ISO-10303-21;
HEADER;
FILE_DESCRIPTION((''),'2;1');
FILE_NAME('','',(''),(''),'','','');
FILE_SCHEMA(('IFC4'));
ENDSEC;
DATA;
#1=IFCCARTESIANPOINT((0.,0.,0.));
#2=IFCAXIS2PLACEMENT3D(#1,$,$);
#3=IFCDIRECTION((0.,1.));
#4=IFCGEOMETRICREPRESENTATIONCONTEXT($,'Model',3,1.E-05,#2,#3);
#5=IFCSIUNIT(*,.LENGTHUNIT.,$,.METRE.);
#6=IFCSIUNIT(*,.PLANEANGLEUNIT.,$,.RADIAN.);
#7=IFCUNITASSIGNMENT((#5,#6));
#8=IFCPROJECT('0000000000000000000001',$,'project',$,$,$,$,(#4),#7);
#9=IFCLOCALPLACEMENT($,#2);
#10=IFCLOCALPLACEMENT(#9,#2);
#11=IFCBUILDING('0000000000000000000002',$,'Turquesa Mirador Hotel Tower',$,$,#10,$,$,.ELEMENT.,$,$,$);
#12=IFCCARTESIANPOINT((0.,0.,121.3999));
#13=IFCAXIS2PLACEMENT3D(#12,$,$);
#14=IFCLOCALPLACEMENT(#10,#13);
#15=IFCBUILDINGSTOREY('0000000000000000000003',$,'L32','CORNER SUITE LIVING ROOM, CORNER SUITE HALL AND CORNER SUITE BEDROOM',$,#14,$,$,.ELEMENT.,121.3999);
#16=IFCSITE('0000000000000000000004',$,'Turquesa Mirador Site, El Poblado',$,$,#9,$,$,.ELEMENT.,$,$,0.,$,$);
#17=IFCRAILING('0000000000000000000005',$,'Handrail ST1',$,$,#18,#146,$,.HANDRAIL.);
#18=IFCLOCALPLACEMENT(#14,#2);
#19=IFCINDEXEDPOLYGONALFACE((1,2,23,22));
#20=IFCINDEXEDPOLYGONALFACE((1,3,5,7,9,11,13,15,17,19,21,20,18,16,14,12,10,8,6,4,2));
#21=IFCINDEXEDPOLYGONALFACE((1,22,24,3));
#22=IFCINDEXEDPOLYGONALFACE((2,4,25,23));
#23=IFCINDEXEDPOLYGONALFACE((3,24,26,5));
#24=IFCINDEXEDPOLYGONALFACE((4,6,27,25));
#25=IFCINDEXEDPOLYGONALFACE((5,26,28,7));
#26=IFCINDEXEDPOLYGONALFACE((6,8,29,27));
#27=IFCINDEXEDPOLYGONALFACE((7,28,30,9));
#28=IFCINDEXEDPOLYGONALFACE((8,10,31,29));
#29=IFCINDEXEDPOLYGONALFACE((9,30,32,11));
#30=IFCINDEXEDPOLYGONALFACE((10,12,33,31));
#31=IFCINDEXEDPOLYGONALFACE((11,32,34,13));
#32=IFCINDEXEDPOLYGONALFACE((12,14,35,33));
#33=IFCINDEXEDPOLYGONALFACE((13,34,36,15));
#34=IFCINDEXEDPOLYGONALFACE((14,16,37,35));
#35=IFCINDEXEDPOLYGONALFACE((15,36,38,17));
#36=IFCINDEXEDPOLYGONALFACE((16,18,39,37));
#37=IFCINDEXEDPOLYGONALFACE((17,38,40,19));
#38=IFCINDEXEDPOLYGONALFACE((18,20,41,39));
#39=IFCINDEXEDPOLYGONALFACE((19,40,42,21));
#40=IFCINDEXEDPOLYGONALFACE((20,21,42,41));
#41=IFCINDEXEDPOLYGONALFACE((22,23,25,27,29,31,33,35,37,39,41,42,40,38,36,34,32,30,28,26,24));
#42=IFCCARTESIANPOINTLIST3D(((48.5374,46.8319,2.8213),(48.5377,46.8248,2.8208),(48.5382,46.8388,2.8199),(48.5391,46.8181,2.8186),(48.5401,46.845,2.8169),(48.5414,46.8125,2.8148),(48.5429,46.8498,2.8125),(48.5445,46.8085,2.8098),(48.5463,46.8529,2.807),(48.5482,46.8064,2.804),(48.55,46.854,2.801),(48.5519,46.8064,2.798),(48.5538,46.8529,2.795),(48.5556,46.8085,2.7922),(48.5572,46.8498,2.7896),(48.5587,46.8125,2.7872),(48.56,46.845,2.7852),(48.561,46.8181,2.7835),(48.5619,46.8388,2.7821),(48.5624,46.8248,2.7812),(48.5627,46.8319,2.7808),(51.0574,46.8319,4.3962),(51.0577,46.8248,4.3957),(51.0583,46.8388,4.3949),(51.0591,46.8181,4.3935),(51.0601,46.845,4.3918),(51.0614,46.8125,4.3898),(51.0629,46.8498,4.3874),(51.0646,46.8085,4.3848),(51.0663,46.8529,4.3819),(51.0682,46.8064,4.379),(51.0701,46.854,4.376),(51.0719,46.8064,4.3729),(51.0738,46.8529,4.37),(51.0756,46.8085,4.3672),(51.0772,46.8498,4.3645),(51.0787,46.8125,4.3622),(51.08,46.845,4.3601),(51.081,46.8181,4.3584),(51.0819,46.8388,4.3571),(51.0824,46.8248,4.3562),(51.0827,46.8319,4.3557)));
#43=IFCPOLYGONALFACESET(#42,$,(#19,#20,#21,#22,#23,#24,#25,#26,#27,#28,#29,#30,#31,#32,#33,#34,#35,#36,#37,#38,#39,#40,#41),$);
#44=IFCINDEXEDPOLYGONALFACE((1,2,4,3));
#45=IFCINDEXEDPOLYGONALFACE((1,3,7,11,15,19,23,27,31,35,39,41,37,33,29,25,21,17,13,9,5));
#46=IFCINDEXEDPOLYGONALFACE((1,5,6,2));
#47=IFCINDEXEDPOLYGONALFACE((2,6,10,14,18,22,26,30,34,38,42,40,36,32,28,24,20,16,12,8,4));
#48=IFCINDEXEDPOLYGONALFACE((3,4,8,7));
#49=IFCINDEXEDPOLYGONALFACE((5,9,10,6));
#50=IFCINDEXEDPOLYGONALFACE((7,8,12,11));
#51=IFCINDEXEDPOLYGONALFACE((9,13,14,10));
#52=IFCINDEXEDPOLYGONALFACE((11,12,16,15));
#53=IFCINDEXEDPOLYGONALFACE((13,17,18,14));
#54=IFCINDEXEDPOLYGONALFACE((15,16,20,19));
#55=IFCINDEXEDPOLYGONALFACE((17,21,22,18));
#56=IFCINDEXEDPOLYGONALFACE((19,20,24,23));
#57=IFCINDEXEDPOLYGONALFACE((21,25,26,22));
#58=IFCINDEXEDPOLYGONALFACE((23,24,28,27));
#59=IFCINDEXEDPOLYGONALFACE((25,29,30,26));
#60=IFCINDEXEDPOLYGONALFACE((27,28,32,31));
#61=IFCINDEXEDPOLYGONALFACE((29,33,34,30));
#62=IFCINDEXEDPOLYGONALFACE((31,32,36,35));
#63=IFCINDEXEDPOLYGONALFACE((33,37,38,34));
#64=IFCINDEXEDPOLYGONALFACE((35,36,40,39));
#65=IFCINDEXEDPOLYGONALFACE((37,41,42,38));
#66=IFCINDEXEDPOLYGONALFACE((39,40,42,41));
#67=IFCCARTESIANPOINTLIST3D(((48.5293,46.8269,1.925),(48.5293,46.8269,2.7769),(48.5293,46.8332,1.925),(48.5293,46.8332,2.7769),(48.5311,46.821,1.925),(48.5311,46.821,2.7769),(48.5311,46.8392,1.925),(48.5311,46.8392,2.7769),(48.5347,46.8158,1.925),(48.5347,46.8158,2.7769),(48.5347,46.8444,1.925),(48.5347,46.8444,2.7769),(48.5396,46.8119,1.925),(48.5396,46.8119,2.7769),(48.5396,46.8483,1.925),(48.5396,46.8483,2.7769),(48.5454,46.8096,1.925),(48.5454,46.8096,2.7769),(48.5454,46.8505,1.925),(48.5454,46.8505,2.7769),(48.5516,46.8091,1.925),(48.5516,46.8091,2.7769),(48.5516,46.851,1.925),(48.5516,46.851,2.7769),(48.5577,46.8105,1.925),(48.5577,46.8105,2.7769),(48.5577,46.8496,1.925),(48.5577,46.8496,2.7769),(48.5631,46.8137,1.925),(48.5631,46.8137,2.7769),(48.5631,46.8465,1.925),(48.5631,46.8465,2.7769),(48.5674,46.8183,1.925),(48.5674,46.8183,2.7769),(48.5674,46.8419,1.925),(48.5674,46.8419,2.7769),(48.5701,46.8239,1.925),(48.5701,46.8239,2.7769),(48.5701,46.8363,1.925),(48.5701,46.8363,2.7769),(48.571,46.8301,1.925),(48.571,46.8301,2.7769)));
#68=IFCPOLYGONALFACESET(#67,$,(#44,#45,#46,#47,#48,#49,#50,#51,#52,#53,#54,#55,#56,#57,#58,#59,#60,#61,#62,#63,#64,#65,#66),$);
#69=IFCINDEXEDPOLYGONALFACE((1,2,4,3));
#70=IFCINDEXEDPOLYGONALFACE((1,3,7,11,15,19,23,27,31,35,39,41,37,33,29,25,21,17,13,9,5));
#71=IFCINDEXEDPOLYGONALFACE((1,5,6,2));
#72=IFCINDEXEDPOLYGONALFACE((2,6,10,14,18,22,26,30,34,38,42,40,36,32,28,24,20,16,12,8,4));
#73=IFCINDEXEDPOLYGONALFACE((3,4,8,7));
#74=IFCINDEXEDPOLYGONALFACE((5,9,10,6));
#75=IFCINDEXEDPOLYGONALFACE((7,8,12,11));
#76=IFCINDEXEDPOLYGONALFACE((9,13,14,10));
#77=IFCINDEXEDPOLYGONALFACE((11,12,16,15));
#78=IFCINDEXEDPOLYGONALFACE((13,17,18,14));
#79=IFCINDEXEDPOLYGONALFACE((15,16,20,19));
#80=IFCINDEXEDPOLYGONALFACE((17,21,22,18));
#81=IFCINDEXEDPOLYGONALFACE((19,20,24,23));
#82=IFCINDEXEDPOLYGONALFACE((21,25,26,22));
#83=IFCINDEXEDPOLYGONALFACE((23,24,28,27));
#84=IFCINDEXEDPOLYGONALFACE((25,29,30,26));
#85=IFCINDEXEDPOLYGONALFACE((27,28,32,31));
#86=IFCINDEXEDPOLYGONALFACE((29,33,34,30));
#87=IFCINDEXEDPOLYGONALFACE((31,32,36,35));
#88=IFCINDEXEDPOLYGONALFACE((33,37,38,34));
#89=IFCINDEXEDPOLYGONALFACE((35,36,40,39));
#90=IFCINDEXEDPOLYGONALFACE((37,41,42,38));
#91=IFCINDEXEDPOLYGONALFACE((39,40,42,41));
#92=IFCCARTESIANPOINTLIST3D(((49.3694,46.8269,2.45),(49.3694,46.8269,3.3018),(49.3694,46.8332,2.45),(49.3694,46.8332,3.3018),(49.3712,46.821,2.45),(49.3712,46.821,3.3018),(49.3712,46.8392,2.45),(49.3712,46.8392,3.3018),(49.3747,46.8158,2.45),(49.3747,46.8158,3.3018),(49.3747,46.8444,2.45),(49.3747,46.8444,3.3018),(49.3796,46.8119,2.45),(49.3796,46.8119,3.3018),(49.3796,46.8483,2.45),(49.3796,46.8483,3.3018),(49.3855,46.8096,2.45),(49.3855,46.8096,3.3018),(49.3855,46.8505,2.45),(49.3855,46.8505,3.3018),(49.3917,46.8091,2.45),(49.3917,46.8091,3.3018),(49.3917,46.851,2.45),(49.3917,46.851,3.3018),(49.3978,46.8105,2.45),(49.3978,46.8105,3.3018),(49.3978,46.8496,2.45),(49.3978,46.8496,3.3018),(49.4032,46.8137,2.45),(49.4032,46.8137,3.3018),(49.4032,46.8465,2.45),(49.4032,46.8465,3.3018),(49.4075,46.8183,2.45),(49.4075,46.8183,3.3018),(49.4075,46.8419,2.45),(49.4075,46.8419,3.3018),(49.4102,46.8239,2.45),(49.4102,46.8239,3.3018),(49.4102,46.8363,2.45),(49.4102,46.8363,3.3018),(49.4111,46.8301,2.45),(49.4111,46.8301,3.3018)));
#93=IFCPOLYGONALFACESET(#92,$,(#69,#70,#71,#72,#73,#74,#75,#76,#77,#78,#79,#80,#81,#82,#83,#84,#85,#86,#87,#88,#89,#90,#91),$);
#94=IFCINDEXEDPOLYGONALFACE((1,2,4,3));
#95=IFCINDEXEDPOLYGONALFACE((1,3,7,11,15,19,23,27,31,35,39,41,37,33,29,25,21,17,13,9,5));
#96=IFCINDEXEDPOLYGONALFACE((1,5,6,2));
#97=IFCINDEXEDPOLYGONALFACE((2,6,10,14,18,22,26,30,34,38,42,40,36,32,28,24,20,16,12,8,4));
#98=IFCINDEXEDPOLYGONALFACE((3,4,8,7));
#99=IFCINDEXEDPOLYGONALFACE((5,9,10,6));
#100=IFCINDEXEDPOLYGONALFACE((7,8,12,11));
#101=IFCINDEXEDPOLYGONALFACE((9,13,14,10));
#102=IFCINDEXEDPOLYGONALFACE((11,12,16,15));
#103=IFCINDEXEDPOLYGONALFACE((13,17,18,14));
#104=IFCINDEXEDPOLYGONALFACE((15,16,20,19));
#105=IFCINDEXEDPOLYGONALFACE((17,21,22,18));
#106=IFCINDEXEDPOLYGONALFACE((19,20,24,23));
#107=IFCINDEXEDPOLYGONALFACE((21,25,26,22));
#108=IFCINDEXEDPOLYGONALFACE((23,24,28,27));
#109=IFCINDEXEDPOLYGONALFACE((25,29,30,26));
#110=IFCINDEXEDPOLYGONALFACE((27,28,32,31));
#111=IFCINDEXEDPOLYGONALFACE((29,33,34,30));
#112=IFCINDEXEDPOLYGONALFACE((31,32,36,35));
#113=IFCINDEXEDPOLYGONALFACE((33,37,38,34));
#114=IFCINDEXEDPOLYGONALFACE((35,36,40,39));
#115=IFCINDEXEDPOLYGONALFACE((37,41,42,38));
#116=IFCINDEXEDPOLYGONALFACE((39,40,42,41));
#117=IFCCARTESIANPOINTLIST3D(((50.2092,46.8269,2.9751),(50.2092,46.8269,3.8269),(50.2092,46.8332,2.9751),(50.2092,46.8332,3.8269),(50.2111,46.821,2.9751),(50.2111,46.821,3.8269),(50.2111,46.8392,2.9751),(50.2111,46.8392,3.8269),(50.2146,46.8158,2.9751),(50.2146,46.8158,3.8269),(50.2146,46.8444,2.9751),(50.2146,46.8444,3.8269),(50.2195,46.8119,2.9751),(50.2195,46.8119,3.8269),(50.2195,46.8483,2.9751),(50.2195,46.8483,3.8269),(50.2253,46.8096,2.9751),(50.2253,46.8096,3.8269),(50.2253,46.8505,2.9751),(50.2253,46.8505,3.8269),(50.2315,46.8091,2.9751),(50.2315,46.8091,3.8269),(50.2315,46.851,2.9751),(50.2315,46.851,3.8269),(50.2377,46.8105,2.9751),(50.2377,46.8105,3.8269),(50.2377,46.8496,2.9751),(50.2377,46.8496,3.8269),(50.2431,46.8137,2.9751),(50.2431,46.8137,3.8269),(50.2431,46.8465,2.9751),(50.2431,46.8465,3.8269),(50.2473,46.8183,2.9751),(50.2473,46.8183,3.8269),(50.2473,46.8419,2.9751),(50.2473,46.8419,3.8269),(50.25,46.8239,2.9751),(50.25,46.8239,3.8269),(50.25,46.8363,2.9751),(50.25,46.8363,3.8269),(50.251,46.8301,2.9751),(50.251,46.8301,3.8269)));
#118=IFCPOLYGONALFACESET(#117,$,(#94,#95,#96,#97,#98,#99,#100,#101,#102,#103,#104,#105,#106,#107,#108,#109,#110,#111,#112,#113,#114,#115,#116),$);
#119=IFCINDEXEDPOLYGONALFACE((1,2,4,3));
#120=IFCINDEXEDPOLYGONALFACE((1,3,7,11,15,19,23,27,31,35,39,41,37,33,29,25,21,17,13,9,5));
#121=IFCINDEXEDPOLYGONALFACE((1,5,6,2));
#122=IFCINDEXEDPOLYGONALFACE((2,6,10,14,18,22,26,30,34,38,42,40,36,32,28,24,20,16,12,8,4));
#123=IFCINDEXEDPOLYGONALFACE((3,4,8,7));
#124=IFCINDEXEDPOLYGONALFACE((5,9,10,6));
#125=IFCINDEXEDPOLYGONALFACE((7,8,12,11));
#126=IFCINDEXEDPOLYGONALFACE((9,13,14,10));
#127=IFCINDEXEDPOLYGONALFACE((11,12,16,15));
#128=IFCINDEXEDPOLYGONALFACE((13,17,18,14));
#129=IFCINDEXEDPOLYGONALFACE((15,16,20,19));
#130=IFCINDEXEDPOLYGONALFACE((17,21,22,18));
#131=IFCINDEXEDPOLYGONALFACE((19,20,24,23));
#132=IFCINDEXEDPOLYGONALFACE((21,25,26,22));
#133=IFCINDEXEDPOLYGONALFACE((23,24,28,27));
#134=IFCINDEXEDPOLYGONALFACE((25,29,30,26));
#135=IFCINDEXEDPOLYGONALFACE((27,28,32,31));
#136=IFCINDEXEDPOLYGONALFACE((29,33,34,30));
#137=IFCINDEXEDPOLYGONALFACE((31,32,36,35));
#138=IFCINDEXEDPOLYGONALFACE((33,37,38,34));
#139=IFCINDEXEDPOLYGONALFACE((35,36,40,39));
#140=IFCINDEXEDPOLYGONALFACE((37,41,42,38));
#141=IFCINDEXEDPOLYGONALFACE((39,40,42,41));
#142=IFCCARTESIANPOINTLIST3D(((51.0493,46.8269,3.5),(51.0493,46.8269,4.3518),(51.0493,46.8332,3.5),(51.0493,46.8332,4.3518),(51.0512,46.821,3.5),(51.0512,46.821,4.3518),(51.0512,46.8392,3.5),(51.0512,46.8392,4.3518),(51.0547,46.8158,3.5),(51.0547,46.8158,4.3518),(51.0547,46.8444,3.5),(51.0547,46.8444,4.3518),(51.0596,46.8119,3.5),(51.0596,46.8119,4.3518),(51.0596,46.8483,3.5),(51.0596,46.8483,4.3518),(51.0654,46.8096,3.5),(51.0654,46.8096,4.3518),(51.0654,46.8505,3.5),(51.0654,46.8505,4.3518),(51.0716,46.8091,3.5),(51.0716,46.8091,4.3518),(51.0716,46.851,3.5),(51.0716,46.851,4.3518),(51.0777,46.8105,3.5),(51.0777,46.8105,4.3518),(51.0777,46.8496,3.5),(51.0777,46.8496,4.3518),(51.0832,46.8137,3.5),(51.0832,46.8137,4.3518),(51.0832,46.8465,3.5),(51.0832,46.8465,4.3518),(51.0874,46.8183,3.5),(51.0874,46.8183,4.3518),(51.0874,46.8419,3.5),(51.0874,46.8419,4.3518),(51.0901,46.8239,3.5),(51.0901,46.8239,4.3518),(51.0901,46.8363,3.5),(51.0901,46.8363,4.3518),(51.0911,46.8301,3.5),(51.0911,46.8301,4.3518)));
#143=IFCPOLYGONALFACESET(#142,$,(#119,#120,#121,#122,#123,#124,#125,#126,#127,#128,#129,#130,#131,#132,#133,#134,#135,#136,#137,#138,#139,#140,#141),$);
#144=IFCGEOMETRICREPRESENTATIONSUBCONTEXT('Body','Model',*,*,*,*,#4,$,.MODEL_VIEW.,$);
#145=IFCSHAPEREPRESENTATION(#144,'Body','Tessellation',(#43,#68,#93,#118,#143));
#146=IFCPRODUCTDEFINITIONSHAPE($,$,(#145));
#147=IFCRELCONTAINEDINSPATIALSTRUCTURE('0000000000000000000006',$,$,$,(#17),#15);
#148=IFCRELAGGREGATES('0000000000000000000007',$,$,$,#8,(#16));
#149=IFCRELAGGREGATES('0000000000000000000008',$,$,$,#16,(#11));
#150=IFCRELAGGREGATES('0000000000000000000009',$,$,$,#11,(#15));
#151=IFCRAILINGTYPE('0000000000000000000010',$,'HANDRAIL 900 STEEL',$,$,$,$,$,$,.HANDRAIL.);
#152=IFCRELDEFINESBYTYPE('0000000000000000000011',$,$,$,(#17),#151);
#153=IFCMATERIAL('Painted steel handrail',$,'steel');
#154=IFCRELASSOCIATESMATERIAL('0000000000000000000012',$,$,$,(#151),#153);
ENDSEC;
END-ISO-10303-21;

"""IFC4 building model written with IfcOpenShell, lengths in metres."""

from ifc_helpers import new_model, si_unit, direction, frame, origin, origin_2d, place, context, subcontext, project, spatial, circle, extrude, material, type_object, element, save


model = new_model("IFC4")

# Units and contexts
model_context = context("Model", 3, precision=1e-05, world=origin(), true_north=direction((0.0, 1.0)))
body_context = subcontext(model_context, "Body", "Model", "MODEL_VIEW")
ifc_project = project(units=[si_unit("LENGTHUNIT", "METRE"), si_unit("PLANEANGLEUNIT", "RADIAN")], contexts=[model_context])

# Site, building, storey
site_placement = place(None, origin())
site = spatial("IfcSite", under=ifc_project, at=site_placement, Name="Turquesa Mirador Site, El Poblado", CompositionType="ELEMENT", RefElevation=0.0)
building_placement = place(site_placement, origin())
building = spatial("IfcBuilding", under=site, at=building_placement, Name="Turquesa Mirador Hotel Tower", CompositionType="ELEMENT")
storey_placement = place(building_placement, frame((0.0, 0.0, 121.3999)))
storey = spatial("IfcBuildingStorey", under=building, at=storey_placement, Name="L32", Description="CORNER SUITE LIVING ROOM, CORNER SUITE HALL AND CORNER SUITE BEDROOM", CompositionType="ELEMENT", Elevation=121.3999)

# Railing
ifc_material_1 = material(Name="Painted steel handrail", Category="steel")
railing_type = type_object("IfcRailingType", Name="HANDRAIL 900 STEEL", PredefinedType="HANDRAIL", material=ifc_material_1)
railing_1_placement = place(storey_placement, frame((48.55, 46.8301, 1.925)))
element("IfcRailing", 1, at=railing_1_placement, inside=storey, type_object=railing_type, Name="Handrail ST1", PredefinedType="HANDRAIL", context=body_context, shape_type="SweptSolid", body=[
    extrude(circle(Radius=0.0239, at=origin_2d()), frame((0.0, 0.0, 0.876), z_axis=(0.848008, 0.0, 0.529984), x_axis=(0.0, 1.0, 0.0)), (0.0, 0.0, 1.0), 2.9717),
    extrude(circle(Radius=0.021, at=origin_2d()), origin(), (0.0, 0.0, 1.0), 0.8518),
    extrude(circle(Radius=0.021, at=origin_2d()), frame((0.8401, 0.0, 0.5249)), (0.0, 0.0, 1.0), 0.8518),
    extrude(circle(Radius=0.021, at=origin_2d()), frame((1.6799, 0.0, 1.05)), (0.0, 0.0, 1.0), 0.8518),
    extrude(circle(Radius=0.021, at=origin_2d()), frame((2.52, 0.0, 1.575)), (0.0, 0.0, 1.0), 0.8518),
])

save(model, "model.ifc")
